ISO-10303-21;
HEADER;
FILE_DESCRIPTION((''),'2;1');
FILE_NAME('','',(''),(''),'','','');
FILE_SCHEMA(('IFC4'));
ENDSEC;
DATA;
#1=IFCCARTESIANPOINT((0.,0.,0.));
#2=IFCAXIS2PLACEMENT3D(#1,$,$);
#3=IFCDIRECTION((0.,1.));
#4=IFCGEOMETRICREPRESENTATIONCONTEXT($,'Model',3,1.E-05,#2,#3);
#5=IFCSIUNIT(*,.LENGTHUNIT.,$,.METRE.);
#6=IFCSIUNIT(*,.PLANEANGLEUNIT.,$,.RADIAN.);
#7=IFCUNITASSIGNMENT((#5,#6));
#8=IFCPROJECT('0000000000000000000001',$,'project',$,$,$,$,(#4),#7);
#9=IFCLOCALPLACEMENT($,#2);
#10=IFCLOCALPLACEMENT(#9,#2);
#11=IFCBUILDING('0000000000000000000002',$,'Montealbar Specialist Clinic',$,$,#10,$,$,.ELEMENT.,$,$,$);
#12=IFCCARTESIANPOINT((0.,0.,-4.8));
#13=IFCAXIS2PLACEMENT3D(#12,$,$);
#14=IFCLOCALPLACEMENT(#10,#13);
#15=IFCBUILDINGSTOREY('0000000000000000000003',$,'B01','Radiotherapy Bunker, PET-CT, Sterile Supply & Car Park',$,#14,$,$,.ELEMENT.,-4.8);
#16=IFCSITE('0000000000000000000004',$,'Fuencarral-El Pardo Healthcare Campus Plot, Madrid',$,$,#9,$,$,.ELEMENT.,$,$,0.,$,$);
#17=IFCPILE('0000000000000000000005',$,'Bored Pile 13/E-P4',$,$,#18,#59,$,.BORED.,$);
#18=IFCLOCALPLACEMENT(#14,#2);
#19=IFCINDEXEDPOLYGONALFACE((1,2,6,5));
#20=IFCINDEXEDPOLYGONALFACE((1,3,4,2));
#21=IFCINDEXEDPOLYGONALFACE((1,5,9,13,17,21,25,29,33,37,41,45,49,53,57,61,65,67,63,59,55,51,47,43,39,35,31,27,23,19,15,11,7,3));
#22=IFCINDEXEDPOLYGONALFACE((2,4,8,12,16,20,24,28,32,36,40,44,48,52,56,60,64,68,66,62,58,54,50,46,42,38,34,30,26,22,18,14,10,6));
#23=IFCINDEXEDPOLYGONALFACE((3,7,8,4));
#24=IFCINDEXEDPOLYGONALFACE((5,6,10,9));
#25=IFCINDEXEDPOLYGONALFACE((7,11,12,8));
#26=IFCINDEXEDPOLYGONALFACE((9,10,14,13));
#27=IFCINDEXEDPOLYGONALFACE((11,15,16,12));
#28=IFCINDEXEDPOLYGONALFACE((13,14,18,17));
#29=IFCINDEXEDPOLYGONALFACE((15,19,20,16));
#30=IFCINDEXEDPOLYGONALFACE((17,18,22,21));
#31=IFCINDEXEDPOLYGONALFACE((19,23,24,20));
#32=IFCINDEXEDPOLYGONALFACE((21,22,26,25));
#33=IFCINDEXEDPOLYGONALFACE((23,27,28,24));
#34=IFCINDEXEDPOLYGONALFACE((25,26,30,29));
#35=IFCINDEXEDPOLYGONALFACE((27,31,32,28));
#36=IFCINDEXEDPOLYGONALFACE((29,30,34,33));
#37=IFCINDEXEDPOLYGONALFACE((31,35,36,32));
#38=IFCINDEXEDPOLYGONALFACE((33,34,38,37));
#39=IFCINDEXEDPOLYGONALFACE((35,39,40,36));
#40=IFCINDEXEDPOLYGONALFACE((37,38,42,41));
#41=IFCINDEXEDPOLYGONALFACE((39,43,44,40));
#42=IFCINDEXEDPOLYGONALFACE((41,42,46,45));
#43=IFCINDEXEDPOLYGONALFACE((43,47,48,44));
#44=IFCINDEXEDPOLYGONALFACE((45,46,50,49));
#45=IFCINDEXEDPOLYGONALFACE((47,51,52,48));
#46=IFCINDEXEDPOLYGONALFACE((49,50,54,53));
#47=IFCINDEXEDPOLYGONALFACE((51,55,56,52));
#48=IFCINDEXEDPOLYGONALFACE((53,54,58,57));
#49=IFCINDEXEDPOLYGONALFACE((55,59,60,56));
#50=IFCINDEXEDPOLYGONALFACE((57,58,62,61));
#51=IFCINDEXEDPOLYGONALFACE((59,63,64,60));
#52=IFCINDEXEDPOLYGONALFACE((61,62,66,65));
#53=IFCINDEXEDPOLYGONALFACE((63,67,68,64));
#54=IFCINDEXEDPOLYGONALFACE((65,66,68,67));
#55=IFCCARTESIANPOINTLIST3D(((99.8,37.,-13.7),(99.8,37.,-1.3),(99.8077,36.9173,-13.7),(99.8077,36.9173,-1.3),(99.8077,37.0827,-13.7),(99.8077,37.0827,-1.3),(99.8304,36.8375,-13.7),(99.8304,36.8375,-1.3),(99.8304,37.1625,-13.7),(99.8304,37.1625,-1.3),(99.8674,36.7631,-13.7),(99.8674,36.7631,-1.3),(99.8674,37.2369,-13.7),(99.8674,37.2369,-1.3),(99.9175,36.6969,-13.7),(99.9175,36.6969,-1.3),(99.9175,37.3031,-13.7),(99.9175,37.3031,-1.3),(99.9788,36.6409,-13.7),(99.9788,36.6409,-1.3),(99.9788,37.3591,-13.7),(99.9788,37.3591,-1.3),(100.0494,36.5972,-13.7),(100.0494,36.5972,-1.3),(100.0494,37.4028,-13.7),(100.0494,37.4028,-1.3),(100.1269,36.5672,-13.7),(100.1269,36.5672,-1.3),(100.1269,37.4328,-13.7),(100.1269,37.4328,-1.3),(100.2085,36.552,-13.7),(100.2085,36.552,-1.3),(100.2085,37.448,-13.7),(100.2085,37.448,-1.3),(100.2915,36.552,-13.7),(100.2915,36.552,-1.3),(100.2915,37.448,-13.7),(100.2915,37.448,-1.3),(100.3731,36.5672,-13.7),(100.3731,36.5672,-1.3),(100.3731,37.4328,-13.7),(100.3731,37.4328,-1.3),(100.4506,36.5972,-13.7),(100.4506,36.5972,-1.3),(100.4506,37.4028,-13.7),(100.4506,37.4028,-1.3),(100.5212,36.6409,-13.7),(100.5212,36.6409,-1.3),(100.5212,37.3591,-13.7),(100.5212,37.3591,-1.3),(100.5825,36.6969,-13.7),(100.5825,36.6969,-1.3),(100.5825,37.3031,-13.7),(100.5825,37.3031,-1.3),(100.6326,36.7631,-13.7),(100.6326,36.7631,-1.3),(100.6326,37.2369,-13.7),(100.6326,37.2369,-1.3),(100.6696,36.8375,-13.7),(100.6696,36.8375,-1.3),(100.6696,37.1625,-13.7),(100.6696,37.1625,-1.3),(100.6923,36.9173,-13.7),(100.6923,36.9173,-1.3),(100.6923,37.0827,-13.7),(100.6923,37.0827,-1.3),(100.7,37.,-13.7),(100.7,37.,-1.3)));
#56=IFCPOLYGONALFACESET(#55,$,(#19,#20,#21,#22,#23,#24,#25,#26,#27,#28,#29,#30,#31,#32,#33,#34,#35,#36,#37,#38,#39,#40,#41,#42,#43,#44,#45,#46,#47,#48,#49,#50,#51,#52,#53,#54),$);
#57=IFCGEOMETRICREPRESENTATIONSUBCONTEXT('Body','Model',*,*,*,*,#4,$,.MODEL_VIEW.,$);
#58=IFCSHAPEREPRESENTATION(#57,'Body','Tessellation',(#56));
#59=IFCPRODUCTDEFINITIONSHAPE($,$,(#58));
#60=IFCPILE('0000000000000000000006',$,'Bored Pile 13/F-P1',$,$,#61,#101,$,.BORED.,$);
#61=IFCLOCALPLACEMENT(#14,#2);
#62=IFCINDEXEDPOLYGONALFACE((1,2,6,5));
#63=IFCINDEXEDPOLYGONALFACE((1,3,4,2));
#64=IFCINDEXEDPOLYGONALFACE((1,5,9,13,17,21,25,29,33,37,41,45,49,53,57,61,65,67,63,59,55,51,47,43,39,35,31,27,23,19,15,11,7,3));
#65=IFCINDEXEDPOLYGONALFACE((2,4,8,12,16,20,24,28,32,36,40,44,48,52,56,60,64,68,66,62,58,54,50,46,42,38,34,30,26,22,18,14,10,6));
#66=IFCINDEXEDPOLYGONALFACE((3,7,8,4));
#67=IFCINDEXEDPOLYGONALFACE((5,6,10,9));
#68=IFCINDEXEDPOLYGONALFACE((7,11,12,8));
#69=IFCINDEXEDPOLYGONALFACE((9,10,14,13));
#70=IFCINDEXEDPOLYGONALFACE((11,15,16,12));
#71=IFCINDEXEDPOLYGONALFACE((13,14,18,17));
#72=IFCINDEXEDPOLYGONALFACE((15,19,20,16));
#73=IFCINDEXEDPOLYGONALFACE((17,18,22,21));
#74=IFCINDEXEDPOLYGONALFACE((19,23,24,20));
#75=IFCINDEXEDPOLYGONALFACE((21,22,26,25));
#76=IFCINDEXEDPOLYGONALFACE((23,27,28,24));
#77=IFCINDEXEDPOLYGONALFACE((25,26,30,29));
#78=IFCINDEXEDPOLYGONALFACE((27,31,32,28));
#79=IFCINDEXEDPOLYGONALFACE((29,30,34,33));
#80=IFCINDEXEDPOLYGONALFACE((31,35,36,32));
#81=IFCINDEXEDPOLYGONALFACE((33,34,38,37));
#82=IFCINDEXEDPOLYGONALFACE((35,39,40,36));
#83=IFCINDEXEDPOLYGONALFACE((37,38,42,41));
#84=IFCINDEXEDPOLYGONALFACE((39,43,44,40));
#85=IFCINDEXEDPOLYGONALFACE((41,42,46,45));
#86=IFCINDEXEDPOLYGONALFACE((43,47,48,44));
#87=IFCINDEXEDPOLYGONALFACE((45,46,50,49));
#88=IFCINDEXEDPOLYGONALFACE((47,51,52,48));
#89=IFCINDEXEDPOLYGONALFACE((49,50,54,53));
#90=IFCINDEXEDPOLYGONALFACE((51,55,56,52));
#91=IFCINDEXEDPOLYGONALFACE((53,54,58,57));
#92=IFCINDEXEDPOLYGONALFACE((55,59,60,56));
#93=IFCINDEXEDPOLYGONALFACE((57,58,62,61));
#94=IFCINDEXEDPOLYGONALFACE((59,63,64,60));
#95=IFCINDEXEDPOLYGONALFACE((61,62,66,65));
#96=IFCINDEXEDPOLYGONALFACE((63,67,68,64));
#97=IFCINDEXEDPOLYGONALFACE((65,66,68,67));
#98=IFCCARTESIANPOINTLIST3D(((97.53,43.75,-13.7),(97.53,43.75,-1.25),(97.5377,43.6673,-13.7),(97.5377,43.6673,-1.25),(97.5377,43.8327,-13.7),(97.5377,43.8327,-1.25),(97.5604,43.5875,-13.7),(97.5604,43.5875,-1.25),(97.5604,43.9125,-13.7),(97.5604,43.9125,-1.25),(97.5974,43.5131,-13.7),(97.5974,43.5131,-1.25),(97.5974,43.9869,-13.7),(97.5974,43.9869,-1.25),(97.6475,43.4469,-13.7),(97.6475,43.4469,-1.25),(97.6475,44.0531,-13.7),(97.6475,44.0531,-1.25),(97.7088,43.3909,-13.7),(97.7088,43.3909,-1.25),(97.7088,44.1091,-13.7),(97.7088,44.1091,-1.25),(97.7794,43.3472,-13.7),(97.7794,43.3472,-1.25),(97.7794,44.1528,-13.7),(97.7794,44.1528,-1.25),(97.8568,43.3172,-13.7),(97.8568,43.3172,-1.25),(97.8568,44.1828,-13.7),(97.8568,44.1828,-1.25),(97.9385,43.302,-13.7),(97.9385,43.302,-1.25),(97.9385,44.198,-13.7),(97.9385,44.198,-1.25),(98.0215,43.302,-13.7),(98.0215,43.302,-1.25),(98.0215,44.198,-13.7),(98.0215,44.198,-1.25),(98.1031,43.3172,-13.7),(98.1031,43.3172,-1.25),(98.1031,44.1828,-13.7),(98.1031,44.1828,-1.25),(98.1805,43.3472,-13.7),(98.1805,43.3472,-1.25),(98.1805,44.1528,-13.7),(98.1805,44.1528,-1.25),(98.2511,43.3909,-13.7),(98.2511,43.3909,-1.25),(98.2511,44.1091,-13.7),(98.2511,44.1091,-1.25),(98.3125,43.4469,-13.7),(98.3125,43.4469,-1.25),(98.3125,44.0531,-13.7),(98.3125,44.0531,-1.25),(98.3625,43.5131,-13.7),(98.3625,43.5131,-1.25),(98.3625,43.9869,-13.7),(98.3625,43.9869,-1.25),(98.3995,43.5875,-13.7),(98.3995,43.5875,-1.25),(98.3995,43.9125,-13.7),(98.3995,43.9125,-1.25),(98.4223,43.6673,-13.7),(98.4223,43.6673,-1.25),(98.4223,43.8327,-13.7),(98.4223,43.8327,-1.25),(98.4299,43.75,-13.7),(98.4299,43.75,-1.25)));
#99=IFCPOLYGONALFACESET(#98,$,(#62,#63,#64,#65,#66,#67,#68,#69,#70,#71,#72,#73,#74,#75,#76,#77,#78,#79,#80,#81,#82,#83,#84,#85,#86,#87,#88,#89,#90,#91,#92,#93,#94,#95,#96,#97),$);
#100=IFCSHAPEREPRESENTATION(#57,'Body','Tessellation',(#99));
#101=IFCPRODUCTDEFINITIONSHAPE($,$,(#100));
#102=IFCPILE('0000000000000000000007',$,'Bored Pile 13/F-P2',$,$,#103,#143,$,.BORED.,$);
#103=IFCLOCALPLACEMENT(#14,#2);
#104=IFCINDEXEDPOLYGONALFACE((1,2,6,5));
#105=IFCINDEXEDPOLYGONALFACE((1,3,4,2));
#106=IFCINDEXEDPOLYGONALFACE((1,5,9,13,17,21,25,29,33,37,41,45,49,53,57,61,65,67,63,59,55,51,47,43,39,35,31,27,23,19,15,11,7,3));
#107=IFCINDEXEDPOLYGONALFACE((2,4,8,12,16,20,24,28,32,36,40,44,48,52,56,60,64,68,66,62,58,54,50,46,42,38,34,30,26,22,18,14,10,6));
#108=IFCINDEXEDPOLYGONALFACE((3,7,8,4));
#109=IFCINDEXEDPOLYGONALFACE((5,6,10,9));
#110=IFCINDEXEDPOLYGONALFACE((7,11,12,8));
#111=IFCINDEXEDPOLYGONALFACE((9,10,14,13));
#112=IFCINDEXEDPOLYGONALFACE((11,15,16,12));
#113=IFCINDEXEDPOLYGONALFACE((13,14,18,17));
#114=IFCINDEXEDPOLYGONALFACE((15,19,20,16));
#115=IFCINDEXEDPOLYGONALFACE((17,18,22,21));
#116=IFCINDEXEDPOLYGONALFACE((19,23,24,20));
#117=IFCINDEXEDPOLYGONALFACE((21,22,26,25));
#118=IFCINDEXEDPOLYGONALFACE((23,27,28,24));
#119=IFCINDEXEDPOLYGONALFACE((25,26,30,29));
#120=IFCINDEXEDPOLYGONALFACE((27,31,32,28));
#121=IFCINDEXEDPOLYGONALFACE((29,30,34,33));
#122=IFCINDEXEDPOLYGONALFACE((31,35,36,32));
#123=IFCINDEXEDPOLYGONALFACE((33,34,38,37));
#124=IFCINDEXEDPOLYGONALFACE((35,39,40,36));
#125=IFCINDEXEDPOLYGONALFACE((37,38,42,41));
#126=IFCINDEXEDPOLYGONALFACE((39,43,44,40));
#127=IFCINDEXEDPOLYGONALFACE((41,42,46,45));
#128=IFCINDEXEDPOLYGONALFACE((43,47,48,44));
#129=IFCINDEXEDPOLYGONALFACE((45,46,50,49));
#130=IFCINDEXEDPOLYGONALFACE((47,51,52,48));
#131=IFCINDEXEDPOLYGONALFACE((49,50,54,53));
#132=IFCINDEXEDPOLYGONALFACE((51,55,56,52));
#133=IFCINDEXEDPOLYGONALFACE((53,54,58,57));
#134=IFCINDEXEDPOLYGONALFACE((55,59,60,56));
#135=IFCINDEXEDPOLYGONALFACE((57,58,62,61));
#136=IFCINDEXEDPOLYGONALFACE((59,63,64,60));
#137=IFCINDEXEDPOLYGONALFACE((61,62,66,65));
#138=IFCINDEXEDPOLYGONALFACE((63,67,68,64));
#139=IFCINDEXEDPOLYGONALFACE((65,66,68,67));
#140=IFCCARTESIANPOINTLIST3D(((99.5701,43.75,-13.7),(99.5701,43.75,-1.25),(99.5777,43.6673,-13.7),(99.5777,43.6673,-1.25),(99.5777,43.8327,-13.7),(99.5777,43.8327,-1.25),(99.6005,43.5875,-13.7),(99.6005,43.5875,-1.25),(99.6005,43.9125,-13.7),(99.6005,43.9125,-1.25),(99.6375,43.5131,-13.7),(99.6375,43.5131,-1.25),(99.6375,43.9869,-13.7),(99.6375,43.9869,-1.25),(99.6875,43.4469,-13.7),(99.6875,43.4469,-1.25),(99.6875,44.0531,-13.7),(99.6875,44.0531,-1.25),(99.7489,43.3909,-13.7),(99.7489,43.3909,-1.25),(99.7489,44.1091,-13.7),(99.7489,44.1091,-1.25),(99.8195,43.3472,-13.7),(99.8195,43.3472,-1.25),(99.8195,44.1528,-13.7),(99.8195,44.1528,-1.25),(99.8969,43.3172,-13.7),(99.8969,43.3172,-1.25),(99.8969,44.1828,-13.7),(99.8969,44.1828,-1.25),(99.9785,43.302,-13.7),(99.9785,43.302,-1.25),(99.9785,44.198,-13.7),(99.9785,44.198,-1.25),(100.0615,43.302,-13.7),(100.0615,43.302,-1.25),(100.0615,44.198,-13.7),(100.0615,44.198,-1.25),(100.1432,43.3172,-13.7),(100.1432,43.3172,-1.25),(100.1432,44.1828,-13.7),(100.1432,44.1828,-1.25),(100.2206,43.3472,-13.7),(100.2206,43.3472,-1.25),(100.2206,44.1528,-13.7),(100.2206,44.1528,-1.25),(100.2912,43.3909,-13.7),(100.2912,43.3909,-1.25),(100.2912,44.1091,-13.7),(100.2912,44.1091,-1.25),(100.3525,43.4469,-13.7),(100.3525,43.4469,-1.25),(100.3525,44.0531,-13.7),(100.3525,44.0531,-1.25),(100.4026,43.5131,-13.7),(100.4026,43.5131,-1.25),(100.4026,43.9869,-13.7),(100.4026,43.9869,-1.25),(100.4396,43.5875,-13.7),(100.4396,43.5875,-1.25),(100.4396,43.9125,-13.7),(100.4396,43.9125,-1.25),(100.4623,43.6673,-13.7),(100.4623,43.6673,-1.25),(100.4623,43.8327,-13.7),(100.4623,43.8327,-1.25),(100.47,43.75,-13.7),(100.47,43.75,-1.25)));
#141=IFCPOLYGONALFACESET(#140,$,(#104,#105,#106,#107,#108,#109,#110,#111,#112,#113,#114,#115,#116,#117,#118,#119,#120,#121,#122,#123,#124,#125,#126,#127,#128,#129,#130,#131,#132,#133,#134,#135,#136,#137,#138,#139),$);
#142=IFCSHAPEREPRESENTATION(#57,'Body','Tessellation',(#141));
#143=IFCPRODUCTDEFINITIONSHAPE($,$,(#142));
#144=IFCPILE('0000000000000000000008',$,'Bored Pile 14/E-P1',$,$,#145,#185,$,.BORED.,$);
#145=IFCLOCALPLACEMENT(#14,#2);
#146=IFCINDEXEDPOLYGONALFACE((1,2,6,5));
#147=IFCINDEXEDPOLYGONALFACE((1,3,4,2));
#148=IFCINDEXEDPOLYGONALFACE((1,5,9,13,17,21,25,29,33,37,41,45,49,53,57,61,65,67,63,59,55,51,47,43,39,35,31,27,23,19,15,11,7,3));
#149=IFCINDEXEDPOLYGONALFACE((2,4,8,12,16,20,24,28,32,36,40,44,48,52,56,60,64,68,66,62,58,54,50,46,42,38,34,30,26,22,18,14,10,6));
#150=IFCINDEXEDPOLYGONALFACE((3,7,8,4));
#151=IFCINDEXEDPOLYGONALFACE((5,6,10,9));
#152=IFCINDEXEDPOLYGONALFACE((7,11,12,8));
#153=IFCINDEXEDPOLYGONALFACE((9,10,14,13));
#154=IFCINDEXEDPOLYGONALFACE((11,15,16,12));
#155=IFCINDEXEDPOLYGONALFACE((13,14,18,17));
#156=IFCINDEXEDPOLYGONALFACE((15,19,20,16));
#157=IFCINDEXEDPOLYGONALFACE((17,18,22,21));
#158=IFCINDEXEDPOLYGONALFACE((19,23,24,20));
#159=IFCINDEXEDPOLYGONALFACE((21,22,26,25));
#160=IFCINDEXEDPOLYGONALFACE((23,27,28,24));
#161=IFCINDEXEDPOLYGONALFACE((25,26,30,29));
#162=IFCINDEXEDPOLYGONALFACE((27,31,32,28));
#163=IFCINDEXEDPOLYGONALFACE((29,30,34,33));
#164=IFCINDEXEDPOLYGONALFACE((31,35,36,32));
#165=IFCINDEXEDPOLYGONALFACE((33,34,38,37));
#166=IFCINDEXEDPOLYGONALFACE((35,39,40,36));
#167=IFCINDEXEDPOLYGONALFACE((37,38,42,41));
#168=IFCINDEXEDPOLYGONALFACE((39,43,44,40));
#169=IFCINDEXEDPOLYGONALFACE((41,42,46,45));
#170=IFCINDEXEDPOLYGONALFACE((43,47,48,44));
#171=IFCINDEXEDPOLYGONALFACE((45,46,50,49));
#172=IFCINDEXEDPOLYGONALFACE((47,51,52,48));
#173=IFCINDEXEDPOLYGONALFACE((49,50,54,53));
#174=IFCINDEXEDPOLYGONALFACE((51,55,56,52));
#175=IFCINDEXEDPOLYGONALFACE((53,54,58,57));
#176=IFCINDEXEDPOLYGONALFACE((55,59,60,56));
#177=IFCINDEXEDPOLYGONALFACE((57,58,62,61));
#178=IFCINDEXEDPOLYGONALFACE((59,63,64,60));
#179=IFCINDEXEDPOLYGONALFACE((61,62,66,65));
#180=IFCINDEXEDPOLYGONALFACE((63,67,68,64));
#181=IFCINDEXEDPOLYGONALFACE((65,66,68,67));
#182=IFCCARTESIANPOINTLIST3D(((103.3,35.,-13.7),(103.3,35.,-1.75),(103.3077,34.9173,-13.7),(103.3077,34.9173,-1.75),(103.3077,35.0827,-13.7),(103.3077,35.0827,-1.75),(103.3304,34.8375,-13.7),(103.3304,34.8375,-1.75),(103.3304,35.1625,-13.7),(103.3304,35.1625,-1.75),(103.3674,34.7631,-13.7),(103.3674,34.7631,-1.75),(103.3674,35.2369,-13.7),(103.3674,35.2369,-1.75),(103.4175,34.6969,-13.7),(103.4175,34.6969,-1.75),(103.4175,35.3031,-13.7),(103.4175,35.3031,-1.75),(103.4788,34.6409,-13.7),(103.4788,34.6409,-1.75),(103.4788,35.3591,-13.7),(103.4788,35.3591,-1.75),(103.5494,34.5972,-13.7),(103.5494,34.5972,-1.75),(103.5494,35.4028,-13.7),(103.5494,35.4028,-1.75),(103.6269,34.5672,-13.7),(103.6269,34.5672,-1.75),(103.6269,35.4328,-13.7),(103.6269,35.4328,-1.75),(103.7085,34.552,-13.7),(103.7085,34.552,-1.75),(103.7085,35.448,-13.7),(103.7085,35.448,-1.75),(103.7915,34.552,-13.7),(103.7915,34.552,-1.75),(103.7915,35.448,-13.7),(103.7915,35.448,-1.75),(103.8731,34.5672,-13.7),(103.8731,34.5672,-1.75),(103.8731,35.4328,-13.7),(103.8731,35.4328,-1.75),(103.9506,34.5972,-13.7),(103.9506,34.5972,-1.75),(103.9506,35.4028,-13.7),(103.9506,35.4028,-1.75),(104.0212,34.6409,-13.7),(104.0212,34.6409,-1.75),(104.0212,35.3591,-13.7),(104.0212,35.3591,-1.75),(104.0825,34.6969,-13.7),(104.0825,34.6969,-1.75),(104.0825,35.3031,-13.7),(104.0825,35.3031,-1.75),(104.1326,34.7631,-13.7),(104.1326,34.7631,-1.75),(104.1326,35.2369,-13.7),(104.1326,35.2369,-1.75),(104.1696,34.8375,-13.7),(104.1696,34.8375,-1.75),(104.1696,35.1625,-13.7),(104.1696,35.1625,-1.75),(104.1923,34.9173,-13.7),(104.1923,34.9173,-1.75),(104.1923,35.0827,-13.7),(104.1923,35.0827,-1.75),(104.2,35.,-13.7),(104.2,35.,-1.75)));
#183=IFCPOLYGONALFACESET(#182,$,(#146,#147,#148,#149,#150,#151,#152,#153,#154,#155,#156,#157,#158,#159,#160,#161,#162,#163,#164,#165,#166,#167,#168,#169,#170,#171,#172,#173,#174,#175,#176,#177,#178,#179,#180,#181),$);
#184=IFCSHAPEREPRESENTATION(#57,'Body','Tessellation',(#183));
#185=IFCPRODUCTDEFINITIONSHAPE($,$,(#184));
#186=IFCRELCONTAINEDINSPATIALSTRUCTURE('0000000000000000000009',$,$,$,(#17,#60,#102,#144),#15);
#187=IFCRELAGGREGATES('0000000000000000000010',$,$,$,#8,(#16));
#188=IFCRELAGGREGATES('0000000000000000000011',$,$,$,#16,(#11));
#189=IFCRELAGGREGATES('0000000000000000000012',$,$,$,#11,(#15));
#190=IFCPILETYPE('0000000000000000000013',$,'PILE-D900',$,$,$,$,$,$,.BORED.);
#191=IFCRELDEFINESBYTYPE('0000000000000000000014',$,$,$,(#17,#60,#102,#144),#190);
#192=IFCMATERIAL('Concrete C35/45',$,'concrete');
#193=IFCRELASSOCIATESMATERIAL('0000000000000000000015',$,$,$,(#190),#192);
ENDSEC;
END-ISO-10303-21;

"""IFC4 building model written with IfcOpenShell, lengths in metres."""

from ifc_helpers import new_model, si_unit, direction, frame, origin, origin_2d, place, context, subcontext, project, spatial, circle, extrude, material, material_profile, profile_set, type_object, element, save


model = new_model("IFC4")

# Units and contexts
model_context = context("Model", 3, precision=1e-05, world=origin(), true_north=direction((0.0, 1.0)))
body_context = subcontext(model_context, "Body", "Model", "MODEL_VIEW")
ifc_project = project(units=[si_unit("LENGTHUNIT", "METRE"), si_unit("PLANEANGLEUNIT", "RADIAN")], contexts=[model_context])

# Site, building, storey
site_placement = place(None, origin())
site = spatial("IfcSite", under=ifc_project, at=site_placement, Name="Fuencarral-El Pardo Healthcare Campus Plot, Madrid", CompositionType="ELEMENT", RefElevation=0.0)
building_placement = place(site_placement, origin())
building = spatial("IfcBuilding", under=site, at=building_placement, Name="Montealbar Specialist Clinic", CompositionType="ELEMENT")
storey_placement = place(building_placement, frame((0.0, 0.0, -4.8)))
storey = spatial("IfcBuildingStorey", under=building, at=storey_placement, Name="B01", Description="Radiotherapy Bunker, PET-CT, Sterile Supply & Car Park", CompositionType="ELEMENT", Elevation=-4.8)

# Shared definitions
ifc_material_1 = material(Name="Concrete C35/45", Category="concrete")

# Piles
ifc_material_profile_1 = material_profile(ifc_material_1, circle(Radius=0.45, at=origin_2d()), Name="PILE D900", Category="concrete")
ifc_profile_set_1 = profile_set([ifc_material_profile_1], Name="Concrete C35/45")
pile_type_1 = type_object("IfcPileType", Name="PILE-D900", PredefinedType="BORED", material=ifc_profile_set_1)
for number, where, z_axis, x_axis, name in (
    (1, (100.25, 37.0, -1.3), (0.0, 0.0, -1.0), (1.0, 0.0, 0.0), "Bored Pile 13/E-P4"),
):
    element("IfcPile", number, at=place(storey_placement, frame(where, z_axis=z_axis, x_axis=x_axis)), inside=storey, type_object=pile_type_1, Name=name, PredefinedType="BORED", context=body_context, shape_type="SweptSolid", body=[
        extrude(circle(Radius=0.45, at=origin_2d()), origin(), (0.0, 0.0, 1.0), 12.3999),
    ])
for number, where, z_axis, x_axis, name in (
    (2, (97.98, 43.75, -1.25), (0.0, 0.0, -1.0), (1.0, 0.0, 0.0), "Bored Pile 13/F-P1"),
    (3, (100.02, 43.75, -1.25), (0.0, 0.0, -1.0), (1.0, 0.0, 0.0), "Bored Pile 13/F-P2"),
):
    element("IfcPile", number, at=place(storey_placement, frame(where, z_axis=z_axis, x_axis=x_axis)), inside=storey, type_object=pile_type_1, Name=name, PredefinedType="BORED", context=body_context, shape_type="SweptSolid", body=[
        extrude(circle(Radius=0.45, at=origin_2d()), origin(), (0.0, 0.0, 1.0), 12.45),
    ])
for number, where, z_axis, x_axis, name in (
    (4, (103.75, 35.0, -1.75), (0.0, 0.0, -1.0), (1.0, 0.0, 0.0), "Bored Pile 14/E-P1"),
):
    element("IfcPile", number, at=place(storey_placement, frame(where, z_axis=z_axis, x_axis=x_axis)), inside=storey, type_object=pile_type_1, Name=name, PredefinedType="BORED", context=body_context, shape_type="SweptSolid", body=[
        extrude(circle(Radius=0.45, at=origin_2d()), origin(), (0.0, 0.0, 1.0), 11.95),
    ])

save(model, "model.ifc")
